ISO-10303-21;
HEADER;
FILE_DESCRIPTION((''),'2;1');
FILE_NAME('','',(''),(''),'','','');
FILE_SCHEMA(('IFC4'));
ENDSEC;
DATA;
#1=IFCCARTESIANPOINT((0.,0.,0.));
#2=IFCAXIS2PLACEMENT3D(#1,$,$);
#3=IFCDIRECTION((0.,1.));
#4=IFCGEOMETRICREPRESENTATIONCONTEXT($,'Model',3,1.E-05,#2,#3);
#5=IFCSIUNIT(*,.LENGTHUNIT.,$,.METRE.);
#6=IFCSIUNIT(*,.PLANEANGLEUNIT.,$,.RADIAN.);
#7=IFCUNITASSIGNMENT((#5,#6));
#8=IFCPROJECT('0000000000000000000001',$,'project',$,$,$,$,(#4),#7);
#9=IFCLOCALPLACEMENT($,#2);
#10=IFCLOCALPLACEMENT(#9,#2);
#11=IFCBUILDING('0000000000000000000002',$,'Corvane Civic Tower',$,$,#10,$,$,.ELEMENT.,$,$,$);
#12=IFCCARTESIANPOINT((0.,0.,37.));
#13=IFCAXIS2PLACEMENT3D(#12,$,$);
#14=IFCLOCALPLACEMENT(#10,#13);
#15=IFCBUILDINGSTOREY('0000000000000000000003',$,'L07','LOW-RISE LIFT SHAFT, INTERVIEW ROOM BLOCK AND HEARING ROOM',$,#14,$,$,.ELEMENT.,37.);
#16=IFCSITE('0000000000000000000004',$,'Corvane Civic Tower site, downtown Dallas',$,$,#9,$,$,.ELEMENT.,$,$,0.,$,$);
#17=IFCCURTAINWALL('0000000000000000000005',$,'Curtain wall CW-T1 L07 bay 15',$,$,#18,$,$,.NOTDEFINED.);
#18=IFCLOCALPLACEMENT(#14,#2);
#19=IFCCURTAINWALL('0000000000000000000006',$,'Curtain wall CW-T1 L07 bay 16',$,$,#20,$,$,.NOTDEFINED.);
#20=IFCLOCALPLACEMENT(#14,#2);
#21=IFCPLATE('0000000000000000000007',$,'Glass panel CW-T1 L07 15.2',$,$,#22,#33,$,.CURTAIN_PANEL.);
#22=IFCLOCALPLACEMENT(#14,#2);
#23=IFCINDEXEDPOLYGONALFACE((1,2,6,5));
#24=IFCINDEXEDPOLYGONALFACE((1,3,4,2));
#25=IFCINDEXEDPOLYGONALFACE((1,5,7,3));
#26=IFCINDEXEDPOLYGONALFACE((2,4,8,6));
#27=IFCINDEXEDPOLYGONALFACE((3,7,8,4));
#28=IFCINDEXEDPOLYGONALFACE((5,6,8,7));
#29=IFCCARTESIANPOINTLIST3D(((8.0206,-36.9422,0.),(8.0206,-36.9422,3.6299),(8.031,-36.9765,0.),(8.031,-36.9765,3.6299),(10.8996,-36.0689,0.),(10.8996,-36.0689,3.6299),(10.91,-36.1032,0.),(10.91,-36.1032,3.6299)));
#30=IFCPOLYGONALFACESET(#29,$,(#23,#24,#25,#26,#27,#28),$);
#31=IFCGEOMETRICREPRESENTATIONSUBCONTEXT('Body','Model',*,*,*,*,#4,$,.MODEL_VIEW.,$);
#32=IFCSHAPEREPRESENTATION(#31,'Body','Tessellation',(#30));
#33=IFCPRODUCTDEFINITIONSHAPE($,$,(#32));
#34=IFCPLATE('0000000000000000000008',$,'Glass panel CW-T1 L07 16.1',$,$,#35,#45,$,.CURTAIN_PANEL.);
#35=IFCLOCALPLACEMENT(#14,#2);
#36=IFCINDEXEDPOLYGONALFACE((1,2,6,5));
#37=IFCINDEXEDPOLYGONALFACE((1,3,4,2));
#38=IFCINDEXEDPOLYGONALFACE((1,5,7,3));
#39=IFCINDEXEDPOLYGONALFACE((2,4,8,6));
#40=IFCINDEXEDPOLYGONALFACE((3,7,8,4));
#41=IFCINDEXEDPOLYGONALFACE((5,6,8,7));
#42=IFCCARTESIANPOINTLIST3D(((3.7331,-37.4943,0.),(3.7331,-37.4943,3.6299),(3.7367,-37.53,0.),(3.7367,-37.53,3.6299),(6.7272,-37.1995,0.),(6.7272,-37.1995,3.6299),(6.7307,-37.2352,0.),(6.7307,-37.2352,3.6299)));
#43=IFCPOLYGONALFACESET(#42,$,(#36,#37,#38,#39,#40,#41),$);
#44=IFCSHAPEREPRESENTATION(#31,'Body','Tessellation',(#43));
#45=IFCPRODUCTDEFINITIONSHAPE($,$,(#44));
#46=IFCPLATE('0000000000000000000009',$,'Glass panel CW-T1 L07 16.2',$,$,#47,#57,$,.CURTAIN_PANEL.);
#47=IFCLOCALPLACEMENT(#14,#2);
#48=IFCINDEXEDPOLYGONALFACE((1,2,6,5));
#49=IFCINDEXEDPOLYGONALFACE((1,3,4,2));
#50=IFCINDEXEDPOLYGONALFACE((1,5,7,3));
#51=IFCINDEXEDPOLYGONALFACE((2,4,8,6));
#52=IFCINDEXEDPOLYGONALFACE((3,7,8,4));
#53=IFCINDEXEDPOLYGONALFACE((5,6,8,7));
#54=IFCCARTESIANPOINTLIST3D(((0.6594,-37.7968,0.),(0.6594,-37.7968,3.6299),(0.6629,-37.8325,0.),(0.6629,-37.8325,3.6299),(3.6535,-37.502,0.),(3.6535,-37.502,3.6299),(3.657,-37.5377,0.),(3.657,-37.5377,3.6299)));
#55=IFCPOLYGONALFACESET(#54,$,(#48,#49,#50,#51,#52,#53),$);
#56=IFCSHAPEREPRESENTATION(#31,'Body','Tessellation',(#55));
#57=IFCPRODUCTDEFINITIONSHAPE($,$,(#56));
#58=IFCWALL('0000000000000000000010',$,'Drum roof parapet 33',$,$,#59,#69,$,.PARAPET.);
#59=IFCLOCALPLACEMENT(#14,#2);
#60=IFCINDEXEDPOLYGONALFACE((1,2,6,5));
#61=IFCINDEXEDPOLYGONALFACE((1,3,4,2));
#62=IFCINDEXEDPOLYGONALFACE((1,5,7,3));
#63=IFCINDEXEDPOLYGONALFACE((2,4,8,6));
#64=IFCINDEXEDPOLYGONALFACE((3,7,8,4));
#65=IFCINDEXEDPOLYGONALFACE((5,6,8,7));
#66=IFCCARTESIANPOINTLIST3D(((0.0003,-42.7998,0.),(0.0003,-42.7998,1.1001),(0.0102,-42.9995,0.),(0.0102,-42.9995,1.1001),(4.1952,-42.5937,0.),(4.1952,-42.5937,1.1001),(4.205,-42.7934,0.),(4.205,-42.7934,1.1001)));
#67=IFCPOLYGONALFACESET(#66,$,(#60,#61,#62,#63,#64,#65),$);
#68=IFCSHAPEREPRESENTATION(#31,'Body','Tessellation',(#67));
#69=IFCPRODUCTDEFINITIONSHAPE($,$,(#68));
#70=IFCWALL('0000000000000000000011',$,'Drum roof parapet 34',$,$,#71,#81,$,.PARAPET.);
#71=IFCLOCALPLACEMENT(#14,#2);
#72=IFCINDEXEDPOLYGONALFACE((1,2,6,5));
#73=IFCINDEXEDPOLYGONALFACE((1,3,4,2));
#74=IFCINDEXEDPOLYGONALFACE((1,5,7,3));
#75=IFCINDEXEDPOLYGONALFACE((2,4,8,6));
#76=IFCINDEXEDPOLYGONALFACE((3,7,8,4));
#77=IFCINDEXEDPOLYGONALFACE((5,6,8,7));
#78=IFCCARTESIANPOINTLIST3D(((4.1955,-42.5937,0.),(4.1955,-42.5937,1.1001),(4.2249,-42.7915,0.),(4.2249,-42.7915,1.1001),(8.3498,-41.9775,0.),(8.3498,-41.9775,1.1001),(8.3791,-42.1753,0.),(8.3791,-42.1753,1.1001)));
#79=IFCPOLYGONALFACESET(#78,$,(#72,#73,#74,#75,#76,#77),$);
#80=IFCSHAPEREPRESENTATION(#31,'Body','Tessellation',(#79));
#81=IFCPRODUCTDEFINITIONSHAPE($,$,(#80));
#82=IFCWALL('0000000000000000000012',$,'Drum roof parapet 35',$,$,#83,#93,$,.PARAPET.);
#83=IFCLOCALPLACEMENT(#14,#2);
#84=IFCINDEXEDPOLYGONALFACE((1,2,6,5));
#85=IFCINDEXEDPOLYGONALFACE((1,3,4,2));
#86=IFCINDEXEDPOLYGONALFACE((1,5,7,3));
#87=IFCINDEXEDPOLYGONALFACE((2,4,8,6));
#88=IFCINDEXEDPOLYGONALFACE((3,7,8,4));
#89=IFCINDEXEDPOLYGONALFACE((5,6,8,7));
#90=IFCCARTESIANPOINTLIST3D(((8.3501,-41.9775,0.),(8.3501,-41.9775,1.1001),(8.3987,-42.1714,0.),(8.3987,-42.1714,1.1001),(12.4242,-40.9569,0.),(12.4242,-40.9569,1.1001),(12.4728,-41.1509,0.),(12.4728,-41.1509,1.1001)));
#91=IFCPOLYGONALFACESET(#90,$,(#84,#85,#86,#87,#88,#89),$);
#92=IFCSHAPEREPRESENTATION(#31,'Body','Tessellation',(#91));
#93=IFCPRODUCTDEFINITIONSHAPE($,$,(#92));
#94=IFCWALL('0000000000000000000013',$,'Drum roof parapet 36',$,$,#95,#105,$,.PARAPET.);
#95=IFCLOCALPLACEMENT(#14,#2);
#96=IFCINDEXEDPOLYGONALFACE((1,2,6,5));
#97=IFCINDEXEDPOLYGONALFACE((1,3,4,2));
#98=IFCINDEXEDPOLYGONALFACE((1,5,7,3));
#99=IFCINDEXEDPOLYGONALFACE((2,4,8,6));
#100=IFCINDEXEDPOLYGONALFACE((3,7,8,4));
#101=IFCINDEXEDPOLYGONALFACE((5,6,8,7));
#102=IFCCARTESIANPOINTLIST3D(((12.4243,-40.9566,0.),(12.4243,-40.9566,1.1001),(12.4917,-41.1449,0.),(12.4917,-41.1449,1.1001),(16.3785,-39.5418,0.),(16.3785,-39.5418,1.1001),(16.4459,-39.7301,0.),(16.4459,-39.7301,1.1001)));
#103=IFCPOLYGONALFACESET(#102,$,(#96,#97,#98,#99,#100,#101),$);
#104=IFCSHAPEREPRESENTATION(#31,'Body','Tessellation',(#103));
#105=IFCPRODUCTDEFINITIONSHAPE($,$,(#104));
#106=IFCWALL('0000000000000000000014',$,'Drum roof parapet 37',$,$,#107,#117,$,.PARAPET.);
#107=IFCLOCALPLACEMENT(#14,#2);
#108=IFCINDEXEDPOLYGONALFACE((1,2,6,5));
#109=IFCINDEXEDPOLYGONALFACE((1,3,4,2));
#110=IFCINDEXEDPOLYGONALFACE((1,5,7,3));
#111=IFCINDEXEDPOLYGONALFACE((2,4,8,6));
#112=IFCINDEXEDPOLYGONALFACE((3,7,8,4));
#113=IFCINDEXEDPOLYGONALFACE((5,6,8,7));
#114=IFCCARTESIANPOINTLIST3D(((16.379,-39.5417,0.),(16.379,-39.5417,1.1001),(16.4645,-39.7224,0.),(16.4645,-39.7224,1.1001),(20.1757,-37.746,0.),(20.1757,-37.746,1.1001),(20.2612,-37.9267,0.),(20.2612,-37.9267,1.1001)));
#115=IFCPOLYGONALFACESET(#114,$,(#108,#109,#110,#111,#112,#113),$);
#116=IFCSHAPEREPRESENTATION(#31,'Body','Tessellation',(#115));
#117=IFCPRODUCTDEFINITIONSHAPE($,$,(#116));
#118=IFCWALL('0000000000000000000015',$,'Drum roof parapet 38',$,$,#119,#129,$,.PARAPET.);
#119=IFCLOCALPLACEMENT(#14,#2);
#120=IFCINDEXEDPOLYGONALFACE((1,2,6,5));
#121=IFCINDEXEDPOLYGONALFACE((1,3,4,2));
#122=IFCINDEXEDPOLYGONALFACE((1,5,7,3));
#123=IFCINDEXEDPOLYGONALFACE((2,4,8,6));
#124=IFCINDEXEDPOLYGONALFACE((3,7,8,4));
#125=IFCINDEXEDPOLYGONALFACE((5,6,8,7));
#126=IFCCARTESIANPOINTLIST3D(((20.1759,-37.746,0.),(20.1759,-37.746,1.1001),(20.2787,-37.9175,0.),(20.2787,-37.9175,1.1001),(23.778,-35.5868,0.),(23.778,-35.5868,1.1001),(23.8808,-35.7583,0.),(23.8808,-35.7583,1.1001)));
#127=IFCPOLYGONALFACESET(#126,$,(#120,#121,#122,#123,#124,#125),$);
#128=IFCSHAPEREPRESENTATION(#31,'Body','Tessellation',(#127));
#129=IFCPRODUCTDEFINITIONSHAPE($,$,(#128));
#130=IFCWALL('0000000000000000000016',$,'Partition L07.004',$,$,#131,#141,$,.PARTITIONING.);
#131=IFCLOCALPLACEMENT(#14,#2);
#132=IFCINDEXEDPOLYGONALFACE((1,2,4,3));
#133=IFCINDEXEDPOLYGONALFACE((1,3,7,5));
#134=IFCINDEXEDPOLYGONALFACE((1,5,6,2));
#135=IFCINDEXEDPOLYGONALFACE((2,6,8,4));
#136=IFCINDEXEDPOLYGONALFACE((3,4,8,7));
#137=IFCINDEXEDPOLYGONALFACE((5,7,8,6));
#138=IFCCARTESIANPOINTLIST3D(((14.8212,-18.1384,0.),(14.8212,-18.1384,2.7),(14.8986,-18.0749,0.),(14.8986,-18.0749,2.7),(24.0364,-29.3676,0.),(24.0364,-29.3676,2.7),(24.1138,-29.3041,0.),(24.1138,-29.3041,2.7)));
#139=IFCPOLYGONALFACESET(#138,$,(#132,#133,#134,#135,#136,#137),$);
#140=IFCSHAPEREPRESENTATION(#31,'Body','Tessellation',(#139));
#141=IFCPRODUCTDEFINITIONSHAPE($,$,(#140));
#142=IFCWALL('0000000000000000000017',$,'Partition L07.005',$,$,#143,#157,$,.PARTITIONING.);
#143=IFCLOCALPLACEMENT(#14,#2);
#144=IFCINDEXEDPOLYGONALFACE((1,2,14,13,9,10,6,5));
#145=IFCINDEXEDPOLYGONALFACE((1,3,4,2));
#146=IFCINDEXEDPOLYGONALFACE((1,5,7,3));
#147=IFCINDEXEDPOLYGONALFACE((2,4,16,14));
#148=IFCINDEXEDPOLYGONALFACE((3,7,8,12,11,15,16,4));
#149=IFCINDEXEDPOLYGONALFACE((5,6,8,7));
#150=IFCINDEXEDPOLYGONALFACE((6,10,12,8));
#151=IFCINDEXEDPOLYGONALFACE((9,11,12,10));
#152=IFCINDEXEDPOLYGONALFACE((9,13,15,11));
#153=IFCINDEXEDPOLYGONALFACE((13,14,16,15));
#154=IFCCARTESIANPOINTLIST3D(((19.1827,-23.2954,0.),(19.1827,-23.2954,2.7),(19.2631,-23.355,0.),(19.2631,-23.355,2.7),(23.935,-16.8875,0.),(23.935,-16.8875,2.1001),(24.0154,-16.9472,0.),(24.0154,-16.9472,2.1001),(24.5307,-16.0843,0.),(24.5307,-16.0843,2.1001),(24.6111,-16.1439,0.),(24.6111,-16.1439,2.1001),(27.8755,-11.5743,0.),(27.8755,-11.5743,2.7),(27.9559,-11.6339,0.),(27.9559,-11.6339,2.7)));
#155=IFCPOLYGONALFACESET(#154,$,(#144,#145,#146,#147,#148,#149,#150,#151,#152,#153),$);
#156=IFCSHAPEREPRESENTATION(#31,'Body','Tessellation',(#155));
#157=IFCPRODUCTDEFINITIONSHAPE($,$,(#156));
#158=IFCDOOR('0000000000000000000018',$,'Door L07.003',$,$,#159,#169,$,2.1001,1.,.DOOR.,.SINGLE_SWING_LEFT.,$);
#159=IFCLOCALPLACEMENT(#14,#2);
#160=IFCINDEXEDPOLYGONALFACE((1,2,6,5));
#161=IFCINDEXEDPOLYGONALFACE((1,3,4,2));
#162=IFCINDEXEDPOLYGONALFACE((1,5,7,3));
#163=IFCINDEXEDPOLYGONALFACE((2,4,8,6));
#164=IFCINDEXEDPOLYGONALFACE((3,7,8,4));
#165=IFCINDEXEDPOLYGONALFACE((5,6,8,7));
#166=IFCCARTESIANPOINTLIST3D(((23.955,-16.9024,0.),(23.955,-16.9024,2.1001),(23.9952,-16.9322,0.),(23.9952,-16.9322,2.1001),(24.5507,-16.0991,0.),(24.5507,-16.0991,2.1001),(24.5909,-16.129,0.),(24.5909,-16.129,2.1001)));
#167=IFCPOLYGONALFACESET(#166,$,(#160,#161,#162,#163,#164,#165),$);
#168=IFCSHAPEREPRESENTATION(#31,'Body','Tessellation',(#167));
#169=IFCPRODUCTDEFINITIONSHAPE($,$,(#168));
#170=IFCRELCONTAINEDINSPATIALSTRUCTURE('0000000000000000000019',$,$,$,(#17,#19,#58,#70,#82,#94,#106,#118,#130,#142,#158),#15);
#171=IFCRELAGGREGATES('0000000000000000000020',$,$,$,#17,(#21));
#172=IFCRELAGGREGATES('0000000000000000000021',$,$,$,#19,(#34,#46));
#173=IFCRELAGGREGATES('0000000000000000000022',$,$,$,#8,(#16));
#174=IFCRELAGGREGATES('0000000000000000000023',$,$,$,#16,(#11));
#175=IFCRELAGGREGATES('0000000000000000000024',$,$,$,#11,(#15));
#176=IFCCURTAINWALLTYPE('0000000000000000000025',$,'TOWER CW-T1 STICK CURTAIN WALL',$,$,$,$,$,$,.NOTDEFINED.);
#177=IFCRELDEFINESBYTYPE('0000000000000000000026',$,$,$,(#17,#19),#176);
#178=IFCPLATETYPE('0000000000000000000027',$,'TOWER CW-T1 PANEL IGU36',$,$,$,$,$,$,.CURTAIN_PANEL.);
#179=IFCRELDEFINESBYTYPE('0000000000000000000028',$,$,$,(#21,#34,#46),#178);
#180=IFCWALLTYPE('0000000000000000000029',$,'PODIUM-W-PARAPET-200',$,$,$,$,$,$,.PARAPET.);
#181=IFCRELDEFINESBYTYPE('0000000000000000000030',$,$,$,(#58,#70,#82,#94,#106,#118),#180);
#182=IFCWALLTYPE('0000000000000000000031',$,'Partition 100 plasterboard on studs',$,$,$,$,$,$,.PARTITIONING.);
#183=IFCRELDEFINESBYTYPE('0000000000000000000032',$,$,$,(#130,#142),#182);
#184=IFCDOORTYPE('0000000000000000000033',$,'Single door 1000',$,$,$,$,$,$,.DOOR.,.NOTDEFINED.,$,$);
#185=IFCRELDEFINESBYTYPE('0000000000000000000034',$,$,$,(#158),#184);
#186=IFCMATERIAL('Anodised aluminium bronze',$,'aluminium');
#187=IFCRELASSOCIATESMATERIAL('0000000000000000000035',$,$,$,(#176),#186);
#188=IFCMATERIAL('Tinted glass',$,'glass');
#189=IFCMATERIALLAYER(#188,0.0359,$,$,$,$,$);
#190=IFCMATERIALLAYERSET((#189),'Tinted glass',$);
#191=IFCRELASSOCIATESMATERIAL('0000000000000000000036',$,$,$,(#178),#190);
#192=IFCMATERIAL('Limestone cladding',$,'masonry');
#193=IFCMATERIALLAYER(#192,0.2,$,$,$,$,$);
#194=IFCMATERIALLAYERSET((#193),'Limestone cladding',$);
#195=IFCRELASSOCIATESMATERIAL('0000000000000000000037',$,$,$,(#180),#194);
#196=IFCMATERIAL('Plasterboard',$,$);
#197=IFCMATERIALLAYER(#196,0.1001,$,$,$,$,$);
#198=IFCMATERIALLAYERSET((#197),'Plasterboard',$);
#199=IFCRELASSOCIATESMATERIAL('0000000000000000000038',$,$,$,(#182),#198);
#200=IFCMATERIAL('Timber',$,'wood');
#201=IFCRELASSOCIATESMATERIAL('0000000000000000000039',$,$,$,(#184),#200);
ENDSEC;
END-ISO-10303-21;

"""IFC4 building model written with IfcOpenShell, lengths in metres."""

from ifc_helpers import new_model, si_unit, direction, frame, frame_2d, origin, origin_2d, place, context, subcontext, project, spatial, rectangle, extrude, material, layer, layer_set, type_object, element, fill, aggregate, save


model = new_model("IFC4")

# Units and contexts
model_context = context("Model", 3, precision=1e-05, world=origin(), true_north=direction((0.0, 1.0)))
body_context = subcontext(model_context, "Body", "Model", "MODEL_VIEW")
ifc_project = project(units=[si_unit("LENGTHUNIT", "METRE"), si_unit("PLANEANGLEUNIT", "RADIAN")], contexts=[model_context])

# Site, building, storey
site_placement = place(None, origin())
site = spatial("IfcSite", under=ifc_project, at=site_placement, Name="Corvane Civic Tower site, downtown Dallas", CompositionType="ELEMENT", RefElevation=0.0)
building_placement = place(site_placement, origin())
building = spatial("IfcBuilding", under=site, at=building_placement, Name="Corvane Civic Tower", CompositionType="ELEMENT")
storey_placement = place(building_placement, frame((0.0, 0.0, 37.0)))
storey = spatial("IfcBuildingStorey", under=building, at=storey_placement, Name="L07", Description="LOW-RISE LIFT SHAFT, INTERVIEW ROOM BLOCK AND HEARING ROOM", CompositionType="ELEMENT", Elevation=37.0)

# Shared definitions
ifc_material_1 = material(Name="Anodised aluminium bronze", Category="aluminium")
curtain_wall_type = type_object("IfcCurtainWallType", Name="TOWER CW-T1 STICK CURTAIN WALL", PredefinedType="NOTDEFINED", material=ifc_material_1)

# Curtain walls
curtain_wall_1_placement = place(storey_placement, origin())
curtain_wall_1 = element("IfcCurtainWall", 1, at=curtain_wall_1_placement, inside=storey, type_object=curtain_wall_type, Name="Curtain wall CW-T1 L07 bay 15", PredefinedType="NOTDEFINED")
curtain_wall_2_placement = place(storey_placement, origin())
curtain_wall_2 = element("IfcCurtainWall", 2, at=curtain_wall_2_placement, inside=storey, type_object=curtain_wall_type, Name="Curtain wall CW-T1 L07 bay 16", PredefinedType="NOTDEFINED")

# Plates
ifc_material_2 = material(Name="Tinted glass", Category="glass")
ifc_layer_1 = layer(ifc_material_2, 0.0359)
ifc_layer_set_1 = layer_set([ifc_layer_1], Name="Tinted glass")
plate_type = type_object("IfcPlateType", Name="TOWER CW-T1 PANEL IGU36", PredefinedType="CURTAIN_PANEL", material=ifc_layer_set_1)
plate_1_placement = place(storey_placement, frame((9.4653, -36.5227, 0.0), z_axis=(0.0, 0.0, 1.0), x_axis=(-0.956942, -0.290278, 0.0)))
plate_1 = element("IfcPlate", 3, at=plate_1_placement, type_object=plate_type, Name="Glass panel CW-T1 L07 15.2", PredefinedType="CURTAIN_PANEL", context=body_context, shape_type="SweptSolid", body=[
    extrude(rectangle(XDim=3.0085, YDim=0.0359, at=origin_2d()), origin(), (0.0, 0.0, 1.0), 3.6299),
])
aggregate(curtain_wall_1, [plate_1])
plate_2_placement = place(storey_placement, frame((5.2319, -37.3647, 0.0), z_axis=(0.0, 0.0, 1.0), x_axis=(-0.995186, -0.098006, 0.0)))
plate_2 = element("IfcPlate", 4, at=plate_2_placement, type_object=plate_type, Name="Glass panel CW-T1 L07 16.1", PredefinedType="CURTAIN_PANEL", context=body_context, shape_type="SweptSolid", body=[
    extrude(rectangle(XDim=3.0085, YDim=0.0359, at=origin_2d()), origin(), (0.0, 0.0, 1.0), 3.6299),
])
plate_3_placement = place(storey_placement, frame((2.1582, -37.6672, 0.0), z_axis=(0.0, 0.0, 1.0), x_axis=(-0.995186, -0.098006, 0.0)))
plate_3 = element("IfcPlate", 5, at=plate_3_placement, type_object=plate_type, Name="Glass panel CW-T1 L07 16.2", PredefinedType="CURTAIN_PANEL", context=body_context, shape_type="SweptSolid", body=[
    extrude(rectangle(XDim=3.0085, YDim=0.0359, at=origin_2d()), origin(), (0.0, 0.0, 1.0), 3.6299),
])
aggregate(curtain_wall_2, [plate_2, plate_3])

# Walls
ifc_material_3 = material(Name="Limestone cladding", Category="masonry")
ifc_layer_2 = layer(ifc_material_3, 0.2)
ifc_layer_set_2 = layer_set([ifc_layer_2], Name="Limestone cladding")
wall_type_1 = type_object("IfcWallType", Name="PODIUM-W-PARAPET-200", PredefinedType="PARAPET", material=ifc_layer_set_2)
wall_1_placement = place(storey_placement, frame((0.0051, -42.8997, 0.0), z_axis=(0.0, 0.0, 1.0), x_axis=(0.998796, 0.049062, 0.0)))
element("IfcWall", 6, at=wall_1_placement, inside=storey, type_object=wall_type_1, Name="Drum roof parapet 33", PredefinedType="PARAPET", context=body_context, shape_type="SweptSolid", body=[
    extrude(rectangle(XDim=4.2, YDim=0.2, at=frame_2d((2.1001, 0.0))), origin(), (0.0, 0.0, 1.0), 1.1001),
])
wall_2_placement = place(storey_placement, frame((4.2102, -42.6926, 0.0), z_axis=(0.0, 0.0, 1.0), x_axis=(0.989177, 0.146726, 0.0)))
element("IfcWall", 7, at=wall_2_placement, inside=storey, type_object=wall_type_1, Name="Drum roof parapet 34", PredefinedType="PARAPET", context=body_context, shape_type="SweptSolid", body=[
    extrude(rectangle(XDim=4.1997, YDim=0.2, at=frame_2d((2.0999, 0.0))), origin(), (0.0, 0.0, 1.0), 1.1001),
])
wall_3_placement = place(storey_placement, frame((8.3743, -42.0745, 0.0), z_axis=(0.0, 0.0, 1.0), x_axis=(0.97003, 0.242987, 0.0)))
element("IfcWall", 8, at=wall_3_placement, inside=storey, type_object=wall_type_1, Name="Drum roof parapet 35", PredefinedType="PARAPET", context=body_context, shape_type="SweptSolid", body=[
    extrude(rectangle(XDim=4.2, YDim=0.2, at=frame_2d((2.1001, 0.0))), origin(), (0.0, 0.0, 1.0), 1.1001),
])
wall_4_placement = place(storey_placement, frame((12.458, -41.0508, 0.0), z_axis=(0.0, 0.0, 1.0), x_axis=(0.941544, 0.336889, 0.0)))
element("IfcWall", 9, at=wall_4_placement, inside=storey, type_object=wall_type_1, Name="Drum roof parapet 36", PredefinedType="PARAPET", context=body_context, shape_type="SweptSolid", body=[
    extrude(rectangle(XDim=4.1997, YDim=0.2, at=frame_2d((2.0999, 0.0))), origin(), (0.0, 0.0, 1.0), 1.1001),
])
wall_5_placement = place(storey_placement, frame((16.4216, -39.6321, 0.0), z_axis=(0.0, 0.0, 1.0), x_axis=(0.903991, 0.427552, 0.0)))
element("IfcWall", 10, at=wall_5_placement, inside=storey, type_object=wall_type_1, Name="Drum roof parapet 37", PredefinedType="PARAPET", context=body_context, shape_type="SweptSolid", body=[
    extrude(rectangle(XDim=4.2, YDim=0.2, at=frame_2d((2.1001, 0.0))), origin(), (0.0, 0.0, 1.0), 1.1001),
])
wall_6_placement = place(storey_placement, frame((20.2273, -37.8318, 0.0), z_axis=(0.0, 0.0, 1.0), x_axis=(0.857708, 0.514137, 0.0)))
element("IfcWall", 11, at=wall_6_placement, inside=storey, type_object=wall_type_1, Name="Drum roof parapet 38", PredefinedType="PARAPET", context=body_context, shape_type="SweptSolid", body=[
    extrude(rectangle(XDim=4.1997, YDim=0.2, at=frame_2d((2.0999, 0.0))), origin(), (0.0, 0.0, 1.0), 1.1001),
])
ifc_material_4 = material(Name="Plasterboard")
ifc_layer_3 = layer(ifc_material_4, 0.1001)
ifc_layer_set_3 = layer_set([ifc_layer_3], Name="Plasterboard")
wall_type_2 = type_object("IfcWallType", Name="Partition 100 plasterboard on studs", PredefinedType="PARTITIONING", material=ifc_layer_set_3)
wall_7_placement = place(storey_placement, frame((14.8599, -18.1067, 0.0), z_axis=(0.0, 0.0, 1.0), x_axis=(0.634382, -0.77302, 0.0)))
element("IfcWall", 12, at=wall_7_placement, inside=storey, type_object=wall_type_2, Name="Partition L07.004", PredefinedType="PARTITIONING", context=body_context, shape_type="SweptSolid", body=[
    extrude(rectangle(XDim=14.5264, YDim=0.1001, at=frame_2d((7.2632, 0.0))), origin(), (0.0, 0.0, 1.0), 2.7),
])

# Wall, opening, door
wall_8_placement = place(storey_placement, frame((19.2229, -23.3252, 0.0), z_axis=(0.0, 0.0, 1.0), x_axis=(0.595692, 0.803213, 0.0)))
wall_8 = element("IfcWall", 13, at=wall_8_placement, inside=storey, type_object=wall_type_2, Name="Partition L07.005", PredefinedType="PARTITIONING", context=body_context, shape_type="SweptSolid", body=[
    extrude(rectangle(XDim=14.5928, YDim=0.1001, at=frame_2d((7.2964, 0.0))), origin(), (0.0, 0.0, 1.0), 2.7),
])
opening_1_placement = place(wall_8_placement, frame((7.9778, 0.0, 0.0)))
opening_1 = element("IfcOpeningElement", 14, at=opening_1_placement, cuts=wall_8, PredefinedType="OPENING", context=body_context, shape_type="SweptSolid", body=[
    extrude(rectangle(XDim=1.0, YDim=2.1001, at=frame_2d((0.5, 1.05))), frame((0.0, 0.0601, 0.0), z_axis=(0.0, -1.0, 0.0), x_axis=(1.0, 0.0, 0.0)), (0.0, 0.0, 1.0), 0.1201),
])
ifc_material_5 = material(Name="Timber", Category="wood")
door_type_1 = type_object("IfcDoorType", Name="Single door 1000", OperationType="NOTDEFINED", PredefinedType="DOOR", material=ifc_material_5)
door_1_placement = place(opening_1_placement, frame((1.0, 0.0, 0.0), z_axis=(0.0, 0.0, 1.0), x_axis=(-1.0, 0.0, 0.0)))
door_1 = element("IfcDoor", 15, at=door_1_placement, inside=storey, type_object=door_type_1, Name="Door L07.003", OperationType="SINGLE_SWING_LEFT", OverallHeight=2.1001, OverallWidth=1.0, PredefinedType="DOOR", context=body_context, shape_type="SweptSolid", body=[
    extrude(rectangle(XDim=1.0, YDim=2.1001, at=frame_2d((0.5, 1.05))), frame((0.0, 0.0249, 0.0), z_axis=(0.0, -1.0, 0.0), x_axis=(1.0, 0.0, 0.0)), (0.0, 0.0, 1.0), 0.05),
])
fill(opening_1, door_1)

save(model, "model.ifc")
